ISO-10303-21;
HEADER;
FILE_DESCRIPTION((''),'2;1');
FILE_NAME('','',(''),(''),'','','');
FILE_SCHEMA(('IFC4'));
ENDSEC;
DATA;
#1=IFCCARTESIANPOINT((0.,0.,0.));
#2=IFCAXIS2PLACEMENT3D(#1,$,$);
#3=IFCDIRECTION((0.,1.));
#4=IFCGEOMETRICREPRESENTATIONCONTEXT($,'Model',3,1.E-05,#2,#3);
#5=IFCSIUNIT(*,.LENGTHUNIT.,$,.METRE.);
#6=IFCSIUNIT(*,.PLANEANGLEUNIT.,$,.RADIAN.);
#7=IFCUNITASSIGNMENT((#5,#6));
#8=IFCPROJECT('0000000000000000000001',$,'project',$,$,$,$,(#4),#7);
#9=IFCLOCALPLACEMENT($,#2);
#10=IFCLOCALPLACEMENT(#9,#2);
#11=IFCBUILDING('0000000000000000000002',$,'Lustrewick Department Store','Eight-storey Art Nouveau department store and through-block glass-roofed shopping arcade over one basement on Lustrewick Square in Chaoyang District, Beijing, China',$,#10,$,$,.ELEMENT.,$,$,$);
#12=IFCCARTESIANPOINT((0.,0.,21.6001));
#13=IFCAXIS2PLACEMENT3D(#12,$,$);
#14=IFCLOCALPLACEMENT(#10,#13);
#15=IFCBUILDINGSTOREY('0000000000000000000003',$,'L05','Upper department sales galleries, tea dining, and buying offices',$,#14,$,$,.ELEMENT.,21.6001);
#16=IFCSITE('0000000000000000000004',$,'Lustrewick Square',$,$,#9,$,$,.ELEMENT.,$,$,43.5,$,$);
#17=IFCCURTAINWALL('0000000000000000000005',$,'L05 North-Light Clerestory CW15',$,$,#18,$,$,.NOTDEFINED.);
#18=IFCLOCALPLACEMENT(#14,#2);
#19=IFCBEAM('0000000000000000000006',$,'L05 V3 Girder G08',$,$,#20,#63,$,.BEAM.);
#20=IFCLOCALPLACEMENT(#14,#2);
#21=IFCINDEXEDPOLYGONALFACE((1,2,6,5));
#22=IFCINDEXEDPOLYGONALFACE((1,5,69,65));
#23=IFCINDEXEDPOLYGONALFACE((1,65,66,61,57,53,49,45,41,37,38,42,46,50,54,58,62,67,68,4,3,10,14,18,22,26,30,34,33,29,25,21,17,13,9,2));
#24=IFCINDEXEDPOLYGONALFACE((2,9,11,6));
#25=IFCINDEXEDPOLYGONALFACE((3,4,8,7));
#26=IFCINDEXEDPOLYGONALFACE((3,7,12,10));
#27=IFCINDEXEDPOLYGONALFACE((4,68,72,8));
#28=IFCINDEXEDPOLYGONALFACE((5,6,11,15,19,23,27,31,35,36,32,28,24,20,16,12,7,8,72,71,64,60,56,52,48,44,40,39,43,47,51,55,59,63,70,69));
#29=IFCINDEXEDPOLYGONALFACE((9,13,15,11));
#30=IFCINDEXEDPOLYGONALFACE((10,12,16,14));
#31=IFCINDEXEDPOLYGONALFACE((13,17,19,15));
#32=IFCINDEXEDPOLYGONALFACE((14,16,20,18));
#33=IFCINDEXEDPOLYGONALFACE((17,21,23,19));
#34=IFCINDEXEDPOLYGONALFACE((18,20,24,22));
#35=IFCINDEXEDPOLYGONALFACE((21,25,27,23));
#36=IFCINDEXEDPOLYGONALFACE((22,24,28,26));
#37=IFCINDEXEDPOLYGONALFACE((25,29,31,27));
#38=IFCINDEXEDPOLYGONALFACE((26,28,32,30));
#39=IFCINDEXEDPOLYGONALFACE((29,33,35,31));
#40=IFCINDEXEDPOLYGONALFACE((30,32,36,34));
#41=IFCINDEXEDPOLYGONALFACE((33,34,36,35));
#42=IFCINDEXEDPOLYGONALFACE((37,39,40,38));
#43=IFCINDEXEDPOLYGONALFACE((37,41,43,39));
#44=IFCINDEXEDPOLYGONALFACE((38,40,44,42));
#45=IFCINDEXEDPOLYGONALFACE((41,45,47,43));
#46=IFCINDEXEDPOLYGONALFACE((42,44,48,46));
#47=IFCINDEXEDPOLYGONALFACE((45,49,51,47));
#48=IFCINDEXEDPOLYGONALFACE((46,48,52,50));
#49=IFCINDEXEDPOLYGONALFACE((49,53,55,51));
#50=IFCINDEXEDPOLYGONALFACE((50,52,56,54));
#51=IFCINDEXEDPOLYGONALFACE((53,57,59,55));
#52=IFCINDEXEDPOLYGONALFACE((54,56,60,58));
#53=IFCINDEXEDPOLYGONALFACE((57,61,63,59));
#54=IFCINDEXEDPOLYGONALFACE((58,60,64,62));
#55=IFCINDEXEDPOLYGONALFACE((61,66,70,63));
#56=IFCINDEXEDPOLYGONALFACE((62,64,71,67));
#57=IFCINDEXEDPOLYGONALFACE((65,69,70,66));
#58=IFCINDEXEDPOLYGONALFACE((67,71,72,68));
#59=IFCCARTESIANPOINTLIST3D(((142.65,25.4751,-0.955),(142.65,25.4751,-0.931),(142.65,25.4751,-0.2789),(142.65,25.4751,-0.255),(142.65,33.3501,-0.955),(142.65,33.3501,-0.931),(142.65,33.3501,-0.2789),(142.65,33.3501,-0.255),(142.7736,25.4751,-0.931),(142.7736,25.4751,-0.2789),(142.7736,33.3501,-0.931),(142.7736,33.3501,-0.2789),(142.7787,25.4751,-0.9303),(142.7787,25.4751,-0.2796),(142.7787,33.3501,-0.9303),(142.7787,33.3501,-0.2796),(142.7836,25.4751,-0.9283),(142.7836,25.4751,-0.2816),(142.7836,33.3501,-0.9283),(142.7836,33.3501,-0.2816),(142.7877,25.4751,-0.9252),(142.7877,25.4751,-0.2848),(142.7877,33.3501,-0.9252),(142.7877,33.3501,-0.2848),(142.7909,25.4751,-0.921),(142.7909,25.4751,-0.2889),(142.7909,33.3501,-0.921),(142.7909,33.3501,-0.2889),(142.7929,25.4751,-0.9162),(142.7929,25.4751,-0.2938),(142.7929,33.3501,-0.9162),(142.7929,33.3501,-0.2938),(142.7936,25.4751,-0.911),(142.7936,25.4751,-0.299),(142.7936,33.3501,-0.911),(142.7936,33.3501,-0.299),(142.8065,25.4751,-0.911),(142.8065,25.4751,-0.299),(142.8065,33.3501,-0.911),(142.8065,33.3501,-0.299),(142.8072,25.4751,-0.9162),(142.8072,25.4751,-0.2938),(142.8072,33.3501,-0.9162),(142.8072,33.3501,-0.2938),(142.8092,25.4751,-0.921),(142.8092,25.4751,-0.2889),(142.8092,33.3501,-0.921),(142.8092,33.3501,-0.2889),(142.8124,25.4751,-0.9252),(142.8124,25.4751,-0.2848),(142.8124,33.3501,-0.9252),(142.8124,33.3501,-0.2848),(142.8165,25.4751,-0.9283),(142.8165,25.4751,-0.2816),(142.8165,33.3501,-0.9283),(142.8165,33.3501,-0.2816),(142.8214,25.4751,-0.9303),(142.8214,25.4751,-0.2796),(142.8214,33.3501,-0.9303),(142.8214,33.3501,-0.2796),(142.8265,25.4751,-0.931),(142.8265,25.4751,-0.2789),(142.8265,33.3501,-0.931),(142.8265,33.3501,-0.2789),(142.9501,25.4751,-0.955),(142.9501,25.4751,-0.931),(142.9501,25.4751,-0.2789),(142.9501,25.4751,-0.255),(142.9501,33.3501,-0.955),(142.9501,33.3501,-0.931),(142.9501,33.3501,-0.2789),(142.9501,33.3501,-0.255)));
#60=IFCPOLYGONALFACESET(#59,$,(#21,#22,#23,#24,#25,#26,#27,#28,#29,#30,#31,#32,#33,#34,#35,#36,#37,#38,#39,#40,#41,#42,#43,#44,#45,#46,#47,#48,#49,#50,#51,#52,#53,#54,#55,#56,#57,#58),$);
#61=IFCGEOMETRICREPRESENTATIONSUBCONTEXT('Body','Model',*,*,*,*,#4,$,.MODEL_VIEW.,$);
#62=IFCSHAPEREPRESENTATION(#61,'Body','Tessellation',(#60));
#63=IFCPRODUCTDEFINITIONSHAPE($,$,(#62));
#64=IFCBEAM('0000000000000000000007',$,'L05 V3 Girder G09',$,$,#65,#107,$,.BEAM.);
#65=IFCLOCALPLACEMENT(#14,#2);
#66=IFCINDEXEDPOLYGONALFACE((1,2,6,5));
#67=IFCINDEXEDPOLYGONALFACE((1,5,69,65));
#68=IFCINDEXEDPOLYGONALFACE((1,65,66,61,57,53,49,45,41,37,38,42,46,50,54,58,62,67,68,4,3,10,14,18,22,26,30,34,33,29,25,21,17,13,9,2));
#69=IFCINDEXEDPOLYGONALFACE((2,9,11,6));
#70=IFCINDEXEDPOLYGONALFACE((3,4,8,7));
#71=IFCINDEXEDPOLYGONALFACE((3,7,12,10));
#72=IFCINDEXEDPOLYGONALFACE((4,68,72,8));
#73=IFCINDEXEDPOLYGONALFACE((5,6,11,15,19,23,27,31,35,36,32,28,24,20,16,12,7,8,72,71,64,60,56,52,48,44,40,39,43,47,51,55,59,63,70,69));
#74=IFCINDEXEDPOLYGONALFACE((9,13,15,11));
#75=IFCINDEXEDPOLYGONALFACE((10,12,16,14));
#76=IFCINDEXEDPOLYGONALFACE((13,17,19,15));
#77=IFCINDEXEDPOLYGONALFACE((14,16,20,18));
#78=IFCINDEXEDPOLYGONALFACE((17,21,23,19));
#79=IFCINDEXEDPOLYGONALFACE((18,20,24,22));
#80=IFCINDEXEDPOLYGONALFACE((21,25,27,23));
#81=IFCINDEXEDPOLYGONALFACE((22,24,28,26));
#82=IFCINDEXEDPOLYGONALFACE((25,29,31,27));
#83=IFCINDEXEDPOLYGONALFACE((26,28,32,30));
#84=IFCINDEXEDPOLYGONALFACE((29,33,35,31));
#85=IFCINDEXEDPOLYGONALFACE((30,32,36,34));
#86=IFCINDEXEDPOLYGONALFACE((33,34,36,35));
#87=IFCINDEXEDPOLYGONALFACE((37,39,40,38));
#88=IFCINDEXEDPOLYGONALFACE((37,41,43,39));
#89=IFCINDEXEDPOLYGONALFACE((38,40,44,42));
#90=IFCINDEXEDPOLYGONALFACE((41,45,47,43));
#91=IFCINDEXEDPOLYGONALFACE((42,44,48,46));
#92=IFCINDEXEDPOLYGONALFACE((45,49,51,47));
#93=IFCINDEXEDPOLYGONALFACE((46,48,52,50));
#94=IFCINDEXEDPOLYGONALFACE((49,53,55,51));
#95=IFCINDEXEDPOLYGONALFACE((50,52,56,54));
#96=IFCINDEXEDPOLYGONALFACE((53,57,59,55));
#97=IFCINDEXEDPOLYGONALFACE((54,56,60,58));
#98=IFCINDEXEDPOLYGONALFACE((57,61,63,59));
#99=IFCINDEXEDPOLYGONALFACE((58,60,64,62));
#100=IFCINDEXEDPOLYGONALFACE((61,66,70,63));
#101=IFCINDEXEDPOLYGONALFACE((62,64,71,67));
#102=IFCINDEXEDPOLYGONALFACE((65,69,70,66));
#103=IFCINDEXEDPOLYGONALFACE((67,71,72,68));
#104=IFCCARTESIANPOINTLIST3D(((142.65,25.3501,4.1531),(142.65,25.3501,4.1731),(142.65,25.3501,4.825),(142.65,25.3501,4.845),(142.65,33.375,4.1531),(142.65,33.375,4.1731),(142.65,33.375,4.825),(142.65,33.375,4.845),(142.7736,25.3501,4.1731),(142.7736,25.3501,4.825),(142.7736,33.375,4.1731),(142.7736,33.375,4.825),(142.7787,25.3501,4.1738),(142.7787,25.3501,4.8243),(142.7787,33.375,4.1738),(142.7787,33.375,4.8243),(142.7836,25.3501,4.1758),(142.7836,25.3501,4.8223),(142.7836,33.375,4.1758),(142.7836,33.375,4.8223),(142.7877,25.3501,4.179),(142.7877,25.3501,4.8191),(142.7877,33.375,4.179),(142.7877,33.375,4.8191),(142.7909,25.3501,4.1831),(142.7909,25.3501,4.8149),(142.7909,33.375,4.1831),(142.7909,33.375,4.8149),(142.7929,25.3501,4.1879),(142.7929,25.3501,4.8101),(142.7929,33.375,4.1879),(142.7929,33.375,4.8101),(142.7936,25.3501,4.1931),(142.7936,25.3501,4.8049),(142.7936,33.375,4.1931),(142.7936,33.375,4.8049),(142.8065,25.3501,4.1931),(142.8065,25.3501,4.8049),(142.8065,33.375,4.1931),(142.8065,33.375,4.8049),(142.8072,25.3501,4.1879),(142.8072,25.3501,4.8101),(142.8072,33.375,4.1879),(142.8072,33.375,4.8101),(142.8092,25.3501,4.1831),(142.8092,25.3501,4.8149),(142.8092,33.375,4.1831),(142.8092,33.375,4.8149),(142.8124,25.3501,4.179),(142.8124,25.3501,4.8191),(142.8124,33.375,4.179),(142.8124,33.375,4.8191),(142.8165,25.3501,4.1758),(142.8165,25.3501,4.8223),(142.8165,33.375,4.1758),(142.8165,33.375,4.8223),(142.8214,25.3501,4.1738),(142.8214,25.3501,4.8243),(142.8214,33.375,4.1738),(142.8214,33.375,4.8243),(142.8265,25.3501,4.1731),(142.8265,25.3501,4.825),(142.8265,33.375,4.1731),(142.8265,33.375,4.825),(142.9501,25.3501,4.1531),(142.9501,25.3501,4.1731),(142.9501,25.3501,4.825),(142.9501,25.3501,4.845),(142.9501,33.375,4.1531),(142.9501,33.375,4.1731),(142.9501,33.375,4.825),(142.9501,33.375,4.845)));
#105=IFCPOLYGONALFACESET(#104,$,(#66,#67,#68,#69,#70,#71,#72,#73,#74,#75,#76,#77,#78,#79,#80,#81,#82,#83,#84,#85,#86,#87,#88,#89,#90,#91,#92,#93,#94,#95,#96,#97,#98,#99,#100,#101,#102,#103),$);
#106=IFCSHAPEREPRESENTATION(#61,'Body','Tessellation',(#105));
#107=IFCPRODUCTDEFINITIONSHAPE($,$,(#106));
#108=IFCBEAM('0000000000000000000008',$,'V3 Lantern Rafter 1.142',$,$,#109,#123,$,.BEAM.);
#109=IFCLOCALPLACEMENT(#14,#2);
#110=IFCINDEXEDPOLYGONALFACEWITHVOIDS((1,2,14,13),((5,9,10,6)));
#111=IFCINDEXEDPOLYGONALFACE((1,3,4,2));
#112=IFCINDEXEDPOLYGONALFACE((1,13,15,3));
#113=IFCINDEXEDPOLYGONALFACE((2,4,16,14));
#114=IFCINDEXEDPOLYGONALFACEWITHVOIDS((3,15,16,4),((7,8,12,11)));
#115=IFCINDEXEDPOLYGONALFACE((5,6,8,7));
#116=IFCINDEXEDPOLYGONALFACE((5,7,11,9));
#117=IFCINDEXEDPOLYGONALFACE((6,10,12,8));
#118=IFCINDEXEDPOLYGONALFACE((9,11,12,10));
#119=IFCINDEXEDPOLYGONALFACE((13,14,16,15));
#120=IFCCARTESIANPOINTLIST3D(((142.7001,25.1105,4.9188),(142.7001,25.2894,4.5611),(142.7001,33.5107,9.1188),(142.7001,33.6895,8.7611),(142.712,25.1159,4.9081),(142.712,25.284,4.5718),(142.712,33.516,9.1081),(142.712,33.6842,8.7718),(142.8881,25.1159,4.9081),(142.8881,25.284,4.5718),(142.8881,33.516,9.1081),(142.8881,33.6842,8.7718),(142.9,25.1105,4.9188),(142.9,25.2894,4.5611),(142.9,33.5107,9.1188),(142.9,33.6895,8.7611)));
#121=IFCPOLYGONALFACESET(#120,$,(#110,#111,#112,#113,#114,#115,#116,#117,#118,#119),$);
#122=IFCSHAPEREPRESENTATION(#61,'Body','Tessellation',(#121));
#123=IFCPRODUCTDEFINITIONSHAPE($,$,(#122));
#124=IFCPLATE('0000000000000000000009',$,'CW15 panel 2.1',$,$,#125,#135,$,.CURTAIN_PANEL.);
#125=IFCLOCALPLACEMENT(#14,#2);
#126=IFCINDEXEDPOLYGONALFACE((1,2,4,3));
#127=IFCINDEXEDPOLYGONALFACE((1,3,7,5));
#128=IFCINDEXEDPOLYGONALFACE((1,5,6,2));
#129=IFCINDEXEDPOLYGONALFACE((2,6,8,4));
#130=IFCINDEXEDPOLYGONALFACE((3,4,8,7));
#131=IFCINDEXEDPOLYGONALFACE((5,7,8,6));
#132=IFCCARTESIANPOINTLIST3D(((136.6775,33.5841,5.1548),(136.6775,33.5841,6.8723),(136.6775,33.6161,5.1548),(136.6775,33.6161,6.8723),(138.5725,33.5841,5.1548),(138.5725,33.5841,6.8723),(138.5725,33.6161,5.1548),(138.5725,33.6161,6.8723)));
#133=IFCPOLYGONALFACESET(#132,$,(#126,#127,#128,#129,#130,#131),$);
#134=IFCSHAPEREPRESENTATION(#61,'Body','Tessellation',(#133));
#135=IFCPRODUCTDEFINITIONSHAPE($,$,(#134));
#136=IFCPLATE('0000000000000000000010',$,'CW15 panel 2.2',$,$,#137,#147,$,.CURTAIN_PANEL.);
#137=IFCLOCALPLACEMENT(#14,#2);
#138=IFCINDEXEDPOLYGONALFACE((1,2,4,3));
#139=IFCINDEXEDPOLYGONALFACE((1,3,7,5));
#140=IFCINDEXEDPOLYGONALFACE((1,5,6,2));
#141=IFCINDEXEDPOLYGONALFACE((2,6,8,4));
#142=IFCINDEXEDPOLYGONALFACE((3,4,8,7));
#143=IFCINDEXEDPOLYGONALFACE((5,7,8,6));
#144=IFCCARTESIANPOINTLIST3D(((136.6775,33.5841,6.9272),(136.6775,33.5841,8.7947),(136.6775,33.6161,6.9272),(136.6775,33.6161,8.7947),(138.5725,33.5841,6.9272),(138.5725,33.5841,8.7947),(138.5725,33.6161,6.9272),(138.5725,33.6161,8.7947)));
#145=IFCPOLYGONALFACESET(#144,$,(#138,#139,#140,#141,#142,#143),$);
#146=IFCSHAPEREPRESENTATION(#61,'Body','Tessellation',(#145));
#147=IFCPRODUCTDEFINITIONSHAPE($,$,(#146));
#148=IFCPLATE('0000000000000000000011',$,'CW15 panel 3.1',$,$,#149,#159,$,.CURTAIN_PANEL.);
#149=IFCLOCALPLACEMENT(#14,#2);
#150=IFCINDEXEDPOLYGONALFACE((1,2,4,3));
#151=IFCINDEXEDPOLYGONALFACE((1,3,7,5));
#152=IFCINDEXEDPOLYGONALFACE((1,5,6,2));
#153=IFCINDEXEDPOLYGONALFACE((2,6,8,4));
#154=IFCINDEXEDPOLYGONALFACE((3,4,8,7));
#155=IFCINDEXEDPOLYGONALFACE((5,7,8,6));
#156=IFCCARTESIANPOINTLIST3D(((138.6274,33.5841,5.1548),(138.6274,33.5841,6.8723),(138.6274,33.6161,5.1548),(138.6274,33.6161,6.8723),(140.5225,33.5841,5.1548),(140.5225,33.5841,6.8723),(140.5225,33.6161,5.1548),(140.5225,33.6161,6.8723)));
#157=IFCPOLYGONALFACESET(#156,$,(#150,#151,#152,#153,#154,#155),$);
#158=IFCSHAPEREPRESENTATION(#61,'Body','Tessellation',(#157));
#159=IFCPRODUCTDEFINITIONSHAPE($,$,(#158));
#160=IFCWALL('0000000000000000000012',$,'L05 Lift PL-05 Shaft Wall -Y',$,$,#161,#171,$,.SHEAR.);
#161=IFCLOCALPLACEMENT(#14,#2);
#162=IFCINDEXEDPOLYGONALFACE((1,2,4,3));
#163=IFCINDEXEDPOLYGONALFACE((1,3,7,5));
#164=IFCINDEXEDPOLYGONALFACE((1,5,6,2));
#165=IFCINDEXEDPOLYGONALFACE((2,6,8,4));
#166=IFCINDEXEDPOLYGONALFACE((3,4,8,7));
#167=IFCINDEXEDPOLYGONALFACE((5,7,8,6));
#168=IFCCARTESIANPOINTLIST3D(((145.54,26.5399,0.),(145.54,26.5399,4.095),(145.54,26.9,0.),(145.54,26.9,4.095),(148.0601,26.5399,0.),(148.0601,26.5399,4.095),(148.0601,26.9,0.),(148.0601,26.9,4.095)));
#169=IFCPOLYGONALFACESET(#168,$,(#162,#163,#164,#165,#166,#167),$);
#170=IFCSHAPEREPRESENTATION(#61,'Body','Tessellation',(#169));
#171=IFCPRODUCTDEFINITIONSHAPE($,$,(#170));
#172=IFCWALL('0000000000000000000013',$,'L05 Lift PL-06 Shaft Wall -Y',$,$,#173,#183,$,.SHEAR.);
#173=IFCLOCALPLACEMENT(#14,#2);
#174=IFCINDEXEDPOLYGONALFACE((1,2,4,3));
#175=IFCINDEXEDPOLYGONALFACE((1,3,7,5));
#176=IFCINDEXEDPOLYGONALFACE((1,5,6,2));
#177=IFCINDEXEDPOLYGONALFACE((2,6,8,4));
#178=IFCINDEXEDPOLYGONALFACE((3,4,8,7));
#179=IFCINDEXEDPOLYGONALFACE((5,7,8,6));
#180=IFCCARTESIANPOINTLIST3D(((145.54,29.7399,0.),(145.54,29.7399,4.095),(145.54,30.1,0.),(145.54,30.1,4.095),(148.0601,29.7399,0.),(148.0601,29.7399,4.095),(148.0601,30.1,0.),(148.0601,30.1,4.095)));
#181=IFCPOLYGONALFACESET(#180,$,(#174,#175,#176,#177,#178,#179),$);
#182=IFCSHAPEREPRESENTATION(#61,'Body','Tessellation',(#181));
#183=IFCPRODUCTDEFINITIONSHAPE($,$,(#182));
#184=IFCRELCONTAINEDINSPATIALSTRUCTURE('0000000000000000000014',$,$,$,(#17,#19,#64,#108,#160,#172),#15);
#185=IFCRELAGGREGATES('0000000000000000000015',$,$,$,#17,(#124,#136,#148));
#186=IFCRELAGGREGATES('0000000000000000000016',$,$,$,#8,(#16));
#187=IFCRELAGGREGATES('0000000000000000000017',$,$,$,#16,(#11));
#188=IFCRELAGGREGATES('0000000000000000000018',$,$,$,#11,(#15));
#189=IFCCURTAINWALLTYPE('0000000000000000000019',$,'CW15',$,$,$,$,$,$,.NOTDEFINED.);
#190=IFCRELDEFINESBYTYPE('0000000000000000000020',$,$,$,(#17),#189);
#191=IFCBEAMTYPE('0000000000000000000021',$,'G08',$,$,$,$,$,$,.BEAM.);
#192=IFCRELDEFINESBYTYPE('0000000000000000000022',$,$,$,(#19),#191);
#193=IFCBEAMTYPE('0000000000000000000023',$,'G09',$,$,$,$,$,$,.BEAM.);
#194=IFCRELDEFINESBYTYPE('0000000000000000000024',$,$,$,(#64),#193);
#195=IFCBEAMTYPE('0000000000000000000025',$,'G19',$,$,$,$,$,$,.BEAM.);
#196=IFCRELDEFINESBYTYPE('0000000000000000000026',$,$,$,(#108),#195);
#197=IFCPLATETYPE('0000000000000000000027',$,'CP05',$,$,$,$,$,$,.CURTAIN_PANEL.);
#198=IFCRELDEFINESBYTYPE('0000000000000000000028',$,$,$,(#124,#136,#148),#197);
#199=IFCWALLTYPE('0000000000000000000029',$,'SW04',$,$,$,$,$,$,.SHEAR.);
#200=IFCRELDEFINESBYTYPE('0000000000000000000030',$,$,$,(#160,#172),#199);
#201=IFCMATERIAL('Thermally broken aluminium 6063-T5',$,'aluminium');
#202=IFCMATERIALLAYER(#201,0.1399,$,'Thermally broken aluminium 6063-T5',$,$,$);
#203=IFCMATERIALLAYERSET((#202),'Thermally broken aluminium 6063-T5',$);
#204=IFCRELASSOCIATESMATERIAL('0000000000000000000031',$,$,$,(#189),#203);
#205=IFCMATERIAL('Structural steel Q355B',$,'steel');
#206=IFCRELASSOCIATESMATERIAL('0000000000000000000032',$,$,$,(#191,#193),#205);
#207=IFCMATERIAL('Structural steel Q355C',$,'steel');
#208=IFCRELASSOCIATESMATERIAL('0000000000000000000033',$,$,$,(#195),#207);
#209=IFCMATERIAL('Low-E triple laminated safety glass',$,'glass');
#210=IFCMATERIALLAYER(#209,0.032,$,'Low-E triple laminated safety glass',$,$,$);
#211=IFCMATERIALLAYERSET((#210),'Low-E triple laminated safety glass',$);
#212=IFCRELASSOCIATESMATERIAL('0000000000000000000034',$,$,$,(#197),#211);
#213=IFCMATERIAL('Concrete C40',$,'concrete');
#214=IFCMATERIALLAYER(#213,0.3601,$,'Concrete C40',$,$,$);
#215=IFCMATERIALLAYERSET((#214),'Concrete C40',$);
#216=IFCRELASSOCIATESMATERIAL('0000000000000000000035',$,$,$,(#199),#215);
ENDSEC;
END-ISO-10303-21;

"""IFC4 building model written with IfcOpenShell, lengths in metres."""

from ifc_helpers import new_model, si_unit, direction, frame, frame_2d, origin, origin_2d, place, context, subcontext, project, spatial, rectangle, hollow_rectangle, i_section, extrude, material, layer, layer_set, material_profile, profile_set, type_object, element, aggregate, save


model = new_model("IFC4")

# Units and contexts
model_context = context("Model", 3, precision=1e-05, world=origin(), true_north=direction((0.0, 1.0)))
body_context = subcontext(model_context, "Body", "Model", "MODEL_VIEW")
ifc_project = project(units=[si_unit("LENGTHUNIT", "METRE"), si_unit("PLANEANGLEUNIT", "RADIAN")], contexts=[model_context])

# Site, building, storey
site_placement = place(None, origin())
site = spatial("IfcSite", under=ifc_project, at=site_placement, Name="Lustrewick Square", CompositionType="ELEMENT", RefElevation=43.5)
building_placement = place(site_placement, origin())
building = spatial("IfcBuilding", under=site, at=building_placement, Name="Lustrewick Department Store", Description="Eight-storey Art Nouveau department store and through-block glass-roofed shopping arcade over one basement on Lustrewick Square in Chaoyang District, Beijing, China", CompositionType="ELEMENT")
storey_placement = place(building_placement, frame((0.0, 0.0, 21.6001)))
storey = spatial("IfcBuildingStorey", under=building, at=storey_placement, Name="L05", Description="Upper department sales galleries, tea dining, and buying offices", CompositionType="ELEMENT", Elevation=21.6001)

# Shared definitions
ifc_material_1 = material(Name="Structural steel Q355B", Category="steel")

# Curtain wall
ifc_material_2 = material(Name="Thermally broken aluminium 6063-T5", Category="aluminium")
ifc_layer_1 = layer(ifc_material_2, 0.1399, Name="Thermally broken aluminium 6063-T5")
ifc_layer_set_1 = layer_set([ifc_layer_1], Name="Thermally broken aluminium 6063-T5")
curtain_wall_type = type_object("IfcCurtainWallType", Name="CW15", PredefinedType="NOTDEFINED", material=ifc_layer_set_1)
curtain_wall_placement = place(storey_placement, origin())
curtain_wall = element("IfcCurtainWall", 1, at=curtain_wall_placement, inside=storey, type_object=curtain_wall_type, Name="L05 North-Light Clerestory CW15", PredefinedType="NOTDEFINED")

# Beams
ifc_material_3 = material(Name="Structural steel Q355C", Category="steel")
ifc_material_profile_1 = material_profile(ifc_material_1, i_section(OverallWidth=0.3, OverallDepth=0.7, WebThickness=0.0129, FlangeThickness=0.0239, FilletRadius=0.02, at=origin_2d()), Name="HN 700x300x13x24")
ifc_profile_set_1 = profile_set([ifc_material_profile_1], Name="Structural steel Q355B")
beam_type_1 = type_object("IfcBeamType", Name="G08", PredefinedType="BEAM", material=ifc_profile_set_1)
beam_1_placement = place(storey_placement, frame((142.8, 25.4751, -0.605), z_axis=(0.0, 1.0, 0.0), x_axis=(-1.0, 0.0, 0.0)))
element("IfcBeam", 2, at=beam_1_placement, inside=storey, type_object=beam_type_1, Name="L05 V3 Girder G08", PredefinedType="BEAM", context=body_context, shape_type="SweptSolid", body=[
    extrude(i_section(OverallWidth=0.3, OverallDepth=0.7, WebThickness=0.0129, FlangeThickness=0.0239, FilletRadius=0.02, at=origin_2d()), origin(), (0.0, 0.0, 1.0), 7.875),
])
ifc_material_profile_2 = material_profile(ifc_material_1, i_section(OverallWidth=0.3, OverallDepth=0.6919, WebThickness=0.0129, FlangeThickness=0.02, FilletRadius=0.02, at=origin_2d()), Name="HN 692x300x13x20")
ifc_profile_set_2 = profile_set([ifc_material_profile_2], Name="Structural steel Q355B")
beam_type_2 = type_object("IfcBeamType", Name="G09", PredefinedType="BEAM", material=ifc_profile_set_2)
beam_2_placement = place(storey_placement, frame((142.8, 25.3501, 4.499), z_axis=(0.0, 1.0, 0.0), x_axis=(-1.0, 0.0, 0.0)))
element("IfcBeam", 3, at=beam_2_placement, inside=storey, type_object=beam_type_2, Name="L05 V3 Girder G09", PredefinedType="BEAM", context=body_context, shape_type="SweptSolid", body=[
    extrude(i_section(OverallWidth=0.3, OverallDepth=0.6919, WebThickness=0.0129, FlangeThickness=0.02, FilletRadius=0.02, at=origin_2d()), origin(), (0.0, 0.0, 1.0), 8.0249),
])
ifc_material_profile_3 = material_profile(ifc_material_3, hollow_rectangle(XDim=0.2, YDim=0.3999, WallThickness=0.012, at=origin_2d()), Name="RHS 400x200x12")
ifc_profile_set_3 = profile_set([ifc_material_profile_3], Name="Structural steel Q355C")
beam_type_3 = type_object("IfcBeamType", Name="G19", PredefinedType="BEAM", material=ifc_profile_set_3)
beam_3_placement = place(storey_placement, frame((142.8, 25.2, 4.74), z_axis=(0.0, 0.894432, 0.447203), x_axis=(-1.0, 0.0, 0.0)))
element("IfcBeam", 4, at=beam_3_placement, inside=storey, type_object=beam_type_3, Name="V3 Lantern Rafter 1.142", PredefinedType="BEAM", context=body_context, shape_type="SweptSolid", body=[
    extrude(hollow_rectangle(XDim=0.2, YDim=0.3999, WallThickness=0.012, at=origin_2d()), origin(), (0.0, 0.0, 1.0), 9.3916),
])

# Plates
ifc_material_4 = material(Name="Low-E triple laminated safety glass", Category="glass")
ifc_layer_2 = layer(ifc_material_4, 0.032, Name="Low-E triple laminated safety glass")
ifc_layer_set_2 = layer_set([ifc_layer_2], Name="Low-E triple laminated safety glass")
plate_type = type_object("IfcPlateType", Name="CP05", PredefinedType="CURTAIN_PANEL", material=ifc_layer_set_2)
plate_1_placement = place(storey_placement, frame((137.625, 33.6001, 5.1548), z_axis=(0.0, 0.0, 1.0), x_axis=(1.0, 0.0, 0.0)))
plate_1 = element("IfcPlate", 5, at=plate_1_placement, type_object=plate_type, Name="CW15 panel 2.1", PredefinedType="CURTAIN_PANEL", context=body_context, shape_type="SweptSolid", body=[
    extrude(rectangle(XDim=1.895, YDim=0.032, at=origin_2d()), origin(), (0.0, 0.0, 1.0), 1.7175),
])
plate_2_placement = place(storey_placement, frame((137.625, 33.6001, 6.9272), z_axis=(0.0, 0.0, 1.0), x_axis=(1.0, 0.0, 0.0)))
plate_2 = element("IfcPlate", 6, at=plate_2_placement, type_object=plate_type, Name="CW15 panel 2.2", PredefinedType="CURTAIN_PANEL", context=body_context, shape_type="SweptSolid", body=[
    extrude(rectangle(XDim=1.895, YDim=0.032, at=origin_2d()), origin(), (0.0, 0.0, 1.0), 1.8674),
])
plate_3_placement = place(storey_placement, frame((139.575, 33.6001, 5.1548), z_axis=(0.0, 0.0, 1.0), x_axis=(1.0, 0.0, 0.0)))
plate_3 = element("IfcPlate", 7, at=plate_3_placement, type_object=plate_type, Name="CW15 panel 3.1", PredefinedType="CURTAIN_PANEL", context=body_context, shape_type="SweptSolid", body=[
    extrude(rectangle(XDim=1.895, YDim=0.032, at=origin_2d()), origin(), (0.0, 0.0, 1.0), 1.7175),
])
aggregate(curtain_wall, [plate_1, plate_2, plate_3])

# Walls
ifc_material_5 = material(Name="Concrete C40", Category="concrete")
ifc_layer_3 = layer(ifc_material_5, 0.3601, Name="Concrete C40")
ifc_layer_set_3 = layer_set([ifc_layer_3], Name="Concrete C40")
wall_type = type_object("IfcWallType", Name="SW04", PredefinedType="SHEAR", material=ifc_layer_set_3)
for number, where, z_axis, x_axis, name in (
    (8, (145.54, 26.72, 0.0), (0.0, 0.0, 1.0), (1.0, 0.0, 0.0), "L05 Lift PL-05 Shaft Wall -Y"),
    (9, (145.54, 29.9199, 0.0), (0.0, 0.0, 1.0), (1.0, 0.0, 0.0), "L05 Lift PL-06 Shaft Wall -Y"),
):
    element("IfcWall", number, at=place(storey_placement, frame(where, z_axis=z_axis, x_axis=x_axis)), inside=storey, type_object=wall_type, Name=name, PredefinedType="SHEAR", context=body_context, shape_type="SweptSolid", body=[
        extrude(rectangle(XDim=2.52, YDim=0.3601, at=frame_2d((1.26, 0.0))), origin(), (0.0, 0.0, 1.0), 4.095),
    ])

save(model, "model.ifc")
